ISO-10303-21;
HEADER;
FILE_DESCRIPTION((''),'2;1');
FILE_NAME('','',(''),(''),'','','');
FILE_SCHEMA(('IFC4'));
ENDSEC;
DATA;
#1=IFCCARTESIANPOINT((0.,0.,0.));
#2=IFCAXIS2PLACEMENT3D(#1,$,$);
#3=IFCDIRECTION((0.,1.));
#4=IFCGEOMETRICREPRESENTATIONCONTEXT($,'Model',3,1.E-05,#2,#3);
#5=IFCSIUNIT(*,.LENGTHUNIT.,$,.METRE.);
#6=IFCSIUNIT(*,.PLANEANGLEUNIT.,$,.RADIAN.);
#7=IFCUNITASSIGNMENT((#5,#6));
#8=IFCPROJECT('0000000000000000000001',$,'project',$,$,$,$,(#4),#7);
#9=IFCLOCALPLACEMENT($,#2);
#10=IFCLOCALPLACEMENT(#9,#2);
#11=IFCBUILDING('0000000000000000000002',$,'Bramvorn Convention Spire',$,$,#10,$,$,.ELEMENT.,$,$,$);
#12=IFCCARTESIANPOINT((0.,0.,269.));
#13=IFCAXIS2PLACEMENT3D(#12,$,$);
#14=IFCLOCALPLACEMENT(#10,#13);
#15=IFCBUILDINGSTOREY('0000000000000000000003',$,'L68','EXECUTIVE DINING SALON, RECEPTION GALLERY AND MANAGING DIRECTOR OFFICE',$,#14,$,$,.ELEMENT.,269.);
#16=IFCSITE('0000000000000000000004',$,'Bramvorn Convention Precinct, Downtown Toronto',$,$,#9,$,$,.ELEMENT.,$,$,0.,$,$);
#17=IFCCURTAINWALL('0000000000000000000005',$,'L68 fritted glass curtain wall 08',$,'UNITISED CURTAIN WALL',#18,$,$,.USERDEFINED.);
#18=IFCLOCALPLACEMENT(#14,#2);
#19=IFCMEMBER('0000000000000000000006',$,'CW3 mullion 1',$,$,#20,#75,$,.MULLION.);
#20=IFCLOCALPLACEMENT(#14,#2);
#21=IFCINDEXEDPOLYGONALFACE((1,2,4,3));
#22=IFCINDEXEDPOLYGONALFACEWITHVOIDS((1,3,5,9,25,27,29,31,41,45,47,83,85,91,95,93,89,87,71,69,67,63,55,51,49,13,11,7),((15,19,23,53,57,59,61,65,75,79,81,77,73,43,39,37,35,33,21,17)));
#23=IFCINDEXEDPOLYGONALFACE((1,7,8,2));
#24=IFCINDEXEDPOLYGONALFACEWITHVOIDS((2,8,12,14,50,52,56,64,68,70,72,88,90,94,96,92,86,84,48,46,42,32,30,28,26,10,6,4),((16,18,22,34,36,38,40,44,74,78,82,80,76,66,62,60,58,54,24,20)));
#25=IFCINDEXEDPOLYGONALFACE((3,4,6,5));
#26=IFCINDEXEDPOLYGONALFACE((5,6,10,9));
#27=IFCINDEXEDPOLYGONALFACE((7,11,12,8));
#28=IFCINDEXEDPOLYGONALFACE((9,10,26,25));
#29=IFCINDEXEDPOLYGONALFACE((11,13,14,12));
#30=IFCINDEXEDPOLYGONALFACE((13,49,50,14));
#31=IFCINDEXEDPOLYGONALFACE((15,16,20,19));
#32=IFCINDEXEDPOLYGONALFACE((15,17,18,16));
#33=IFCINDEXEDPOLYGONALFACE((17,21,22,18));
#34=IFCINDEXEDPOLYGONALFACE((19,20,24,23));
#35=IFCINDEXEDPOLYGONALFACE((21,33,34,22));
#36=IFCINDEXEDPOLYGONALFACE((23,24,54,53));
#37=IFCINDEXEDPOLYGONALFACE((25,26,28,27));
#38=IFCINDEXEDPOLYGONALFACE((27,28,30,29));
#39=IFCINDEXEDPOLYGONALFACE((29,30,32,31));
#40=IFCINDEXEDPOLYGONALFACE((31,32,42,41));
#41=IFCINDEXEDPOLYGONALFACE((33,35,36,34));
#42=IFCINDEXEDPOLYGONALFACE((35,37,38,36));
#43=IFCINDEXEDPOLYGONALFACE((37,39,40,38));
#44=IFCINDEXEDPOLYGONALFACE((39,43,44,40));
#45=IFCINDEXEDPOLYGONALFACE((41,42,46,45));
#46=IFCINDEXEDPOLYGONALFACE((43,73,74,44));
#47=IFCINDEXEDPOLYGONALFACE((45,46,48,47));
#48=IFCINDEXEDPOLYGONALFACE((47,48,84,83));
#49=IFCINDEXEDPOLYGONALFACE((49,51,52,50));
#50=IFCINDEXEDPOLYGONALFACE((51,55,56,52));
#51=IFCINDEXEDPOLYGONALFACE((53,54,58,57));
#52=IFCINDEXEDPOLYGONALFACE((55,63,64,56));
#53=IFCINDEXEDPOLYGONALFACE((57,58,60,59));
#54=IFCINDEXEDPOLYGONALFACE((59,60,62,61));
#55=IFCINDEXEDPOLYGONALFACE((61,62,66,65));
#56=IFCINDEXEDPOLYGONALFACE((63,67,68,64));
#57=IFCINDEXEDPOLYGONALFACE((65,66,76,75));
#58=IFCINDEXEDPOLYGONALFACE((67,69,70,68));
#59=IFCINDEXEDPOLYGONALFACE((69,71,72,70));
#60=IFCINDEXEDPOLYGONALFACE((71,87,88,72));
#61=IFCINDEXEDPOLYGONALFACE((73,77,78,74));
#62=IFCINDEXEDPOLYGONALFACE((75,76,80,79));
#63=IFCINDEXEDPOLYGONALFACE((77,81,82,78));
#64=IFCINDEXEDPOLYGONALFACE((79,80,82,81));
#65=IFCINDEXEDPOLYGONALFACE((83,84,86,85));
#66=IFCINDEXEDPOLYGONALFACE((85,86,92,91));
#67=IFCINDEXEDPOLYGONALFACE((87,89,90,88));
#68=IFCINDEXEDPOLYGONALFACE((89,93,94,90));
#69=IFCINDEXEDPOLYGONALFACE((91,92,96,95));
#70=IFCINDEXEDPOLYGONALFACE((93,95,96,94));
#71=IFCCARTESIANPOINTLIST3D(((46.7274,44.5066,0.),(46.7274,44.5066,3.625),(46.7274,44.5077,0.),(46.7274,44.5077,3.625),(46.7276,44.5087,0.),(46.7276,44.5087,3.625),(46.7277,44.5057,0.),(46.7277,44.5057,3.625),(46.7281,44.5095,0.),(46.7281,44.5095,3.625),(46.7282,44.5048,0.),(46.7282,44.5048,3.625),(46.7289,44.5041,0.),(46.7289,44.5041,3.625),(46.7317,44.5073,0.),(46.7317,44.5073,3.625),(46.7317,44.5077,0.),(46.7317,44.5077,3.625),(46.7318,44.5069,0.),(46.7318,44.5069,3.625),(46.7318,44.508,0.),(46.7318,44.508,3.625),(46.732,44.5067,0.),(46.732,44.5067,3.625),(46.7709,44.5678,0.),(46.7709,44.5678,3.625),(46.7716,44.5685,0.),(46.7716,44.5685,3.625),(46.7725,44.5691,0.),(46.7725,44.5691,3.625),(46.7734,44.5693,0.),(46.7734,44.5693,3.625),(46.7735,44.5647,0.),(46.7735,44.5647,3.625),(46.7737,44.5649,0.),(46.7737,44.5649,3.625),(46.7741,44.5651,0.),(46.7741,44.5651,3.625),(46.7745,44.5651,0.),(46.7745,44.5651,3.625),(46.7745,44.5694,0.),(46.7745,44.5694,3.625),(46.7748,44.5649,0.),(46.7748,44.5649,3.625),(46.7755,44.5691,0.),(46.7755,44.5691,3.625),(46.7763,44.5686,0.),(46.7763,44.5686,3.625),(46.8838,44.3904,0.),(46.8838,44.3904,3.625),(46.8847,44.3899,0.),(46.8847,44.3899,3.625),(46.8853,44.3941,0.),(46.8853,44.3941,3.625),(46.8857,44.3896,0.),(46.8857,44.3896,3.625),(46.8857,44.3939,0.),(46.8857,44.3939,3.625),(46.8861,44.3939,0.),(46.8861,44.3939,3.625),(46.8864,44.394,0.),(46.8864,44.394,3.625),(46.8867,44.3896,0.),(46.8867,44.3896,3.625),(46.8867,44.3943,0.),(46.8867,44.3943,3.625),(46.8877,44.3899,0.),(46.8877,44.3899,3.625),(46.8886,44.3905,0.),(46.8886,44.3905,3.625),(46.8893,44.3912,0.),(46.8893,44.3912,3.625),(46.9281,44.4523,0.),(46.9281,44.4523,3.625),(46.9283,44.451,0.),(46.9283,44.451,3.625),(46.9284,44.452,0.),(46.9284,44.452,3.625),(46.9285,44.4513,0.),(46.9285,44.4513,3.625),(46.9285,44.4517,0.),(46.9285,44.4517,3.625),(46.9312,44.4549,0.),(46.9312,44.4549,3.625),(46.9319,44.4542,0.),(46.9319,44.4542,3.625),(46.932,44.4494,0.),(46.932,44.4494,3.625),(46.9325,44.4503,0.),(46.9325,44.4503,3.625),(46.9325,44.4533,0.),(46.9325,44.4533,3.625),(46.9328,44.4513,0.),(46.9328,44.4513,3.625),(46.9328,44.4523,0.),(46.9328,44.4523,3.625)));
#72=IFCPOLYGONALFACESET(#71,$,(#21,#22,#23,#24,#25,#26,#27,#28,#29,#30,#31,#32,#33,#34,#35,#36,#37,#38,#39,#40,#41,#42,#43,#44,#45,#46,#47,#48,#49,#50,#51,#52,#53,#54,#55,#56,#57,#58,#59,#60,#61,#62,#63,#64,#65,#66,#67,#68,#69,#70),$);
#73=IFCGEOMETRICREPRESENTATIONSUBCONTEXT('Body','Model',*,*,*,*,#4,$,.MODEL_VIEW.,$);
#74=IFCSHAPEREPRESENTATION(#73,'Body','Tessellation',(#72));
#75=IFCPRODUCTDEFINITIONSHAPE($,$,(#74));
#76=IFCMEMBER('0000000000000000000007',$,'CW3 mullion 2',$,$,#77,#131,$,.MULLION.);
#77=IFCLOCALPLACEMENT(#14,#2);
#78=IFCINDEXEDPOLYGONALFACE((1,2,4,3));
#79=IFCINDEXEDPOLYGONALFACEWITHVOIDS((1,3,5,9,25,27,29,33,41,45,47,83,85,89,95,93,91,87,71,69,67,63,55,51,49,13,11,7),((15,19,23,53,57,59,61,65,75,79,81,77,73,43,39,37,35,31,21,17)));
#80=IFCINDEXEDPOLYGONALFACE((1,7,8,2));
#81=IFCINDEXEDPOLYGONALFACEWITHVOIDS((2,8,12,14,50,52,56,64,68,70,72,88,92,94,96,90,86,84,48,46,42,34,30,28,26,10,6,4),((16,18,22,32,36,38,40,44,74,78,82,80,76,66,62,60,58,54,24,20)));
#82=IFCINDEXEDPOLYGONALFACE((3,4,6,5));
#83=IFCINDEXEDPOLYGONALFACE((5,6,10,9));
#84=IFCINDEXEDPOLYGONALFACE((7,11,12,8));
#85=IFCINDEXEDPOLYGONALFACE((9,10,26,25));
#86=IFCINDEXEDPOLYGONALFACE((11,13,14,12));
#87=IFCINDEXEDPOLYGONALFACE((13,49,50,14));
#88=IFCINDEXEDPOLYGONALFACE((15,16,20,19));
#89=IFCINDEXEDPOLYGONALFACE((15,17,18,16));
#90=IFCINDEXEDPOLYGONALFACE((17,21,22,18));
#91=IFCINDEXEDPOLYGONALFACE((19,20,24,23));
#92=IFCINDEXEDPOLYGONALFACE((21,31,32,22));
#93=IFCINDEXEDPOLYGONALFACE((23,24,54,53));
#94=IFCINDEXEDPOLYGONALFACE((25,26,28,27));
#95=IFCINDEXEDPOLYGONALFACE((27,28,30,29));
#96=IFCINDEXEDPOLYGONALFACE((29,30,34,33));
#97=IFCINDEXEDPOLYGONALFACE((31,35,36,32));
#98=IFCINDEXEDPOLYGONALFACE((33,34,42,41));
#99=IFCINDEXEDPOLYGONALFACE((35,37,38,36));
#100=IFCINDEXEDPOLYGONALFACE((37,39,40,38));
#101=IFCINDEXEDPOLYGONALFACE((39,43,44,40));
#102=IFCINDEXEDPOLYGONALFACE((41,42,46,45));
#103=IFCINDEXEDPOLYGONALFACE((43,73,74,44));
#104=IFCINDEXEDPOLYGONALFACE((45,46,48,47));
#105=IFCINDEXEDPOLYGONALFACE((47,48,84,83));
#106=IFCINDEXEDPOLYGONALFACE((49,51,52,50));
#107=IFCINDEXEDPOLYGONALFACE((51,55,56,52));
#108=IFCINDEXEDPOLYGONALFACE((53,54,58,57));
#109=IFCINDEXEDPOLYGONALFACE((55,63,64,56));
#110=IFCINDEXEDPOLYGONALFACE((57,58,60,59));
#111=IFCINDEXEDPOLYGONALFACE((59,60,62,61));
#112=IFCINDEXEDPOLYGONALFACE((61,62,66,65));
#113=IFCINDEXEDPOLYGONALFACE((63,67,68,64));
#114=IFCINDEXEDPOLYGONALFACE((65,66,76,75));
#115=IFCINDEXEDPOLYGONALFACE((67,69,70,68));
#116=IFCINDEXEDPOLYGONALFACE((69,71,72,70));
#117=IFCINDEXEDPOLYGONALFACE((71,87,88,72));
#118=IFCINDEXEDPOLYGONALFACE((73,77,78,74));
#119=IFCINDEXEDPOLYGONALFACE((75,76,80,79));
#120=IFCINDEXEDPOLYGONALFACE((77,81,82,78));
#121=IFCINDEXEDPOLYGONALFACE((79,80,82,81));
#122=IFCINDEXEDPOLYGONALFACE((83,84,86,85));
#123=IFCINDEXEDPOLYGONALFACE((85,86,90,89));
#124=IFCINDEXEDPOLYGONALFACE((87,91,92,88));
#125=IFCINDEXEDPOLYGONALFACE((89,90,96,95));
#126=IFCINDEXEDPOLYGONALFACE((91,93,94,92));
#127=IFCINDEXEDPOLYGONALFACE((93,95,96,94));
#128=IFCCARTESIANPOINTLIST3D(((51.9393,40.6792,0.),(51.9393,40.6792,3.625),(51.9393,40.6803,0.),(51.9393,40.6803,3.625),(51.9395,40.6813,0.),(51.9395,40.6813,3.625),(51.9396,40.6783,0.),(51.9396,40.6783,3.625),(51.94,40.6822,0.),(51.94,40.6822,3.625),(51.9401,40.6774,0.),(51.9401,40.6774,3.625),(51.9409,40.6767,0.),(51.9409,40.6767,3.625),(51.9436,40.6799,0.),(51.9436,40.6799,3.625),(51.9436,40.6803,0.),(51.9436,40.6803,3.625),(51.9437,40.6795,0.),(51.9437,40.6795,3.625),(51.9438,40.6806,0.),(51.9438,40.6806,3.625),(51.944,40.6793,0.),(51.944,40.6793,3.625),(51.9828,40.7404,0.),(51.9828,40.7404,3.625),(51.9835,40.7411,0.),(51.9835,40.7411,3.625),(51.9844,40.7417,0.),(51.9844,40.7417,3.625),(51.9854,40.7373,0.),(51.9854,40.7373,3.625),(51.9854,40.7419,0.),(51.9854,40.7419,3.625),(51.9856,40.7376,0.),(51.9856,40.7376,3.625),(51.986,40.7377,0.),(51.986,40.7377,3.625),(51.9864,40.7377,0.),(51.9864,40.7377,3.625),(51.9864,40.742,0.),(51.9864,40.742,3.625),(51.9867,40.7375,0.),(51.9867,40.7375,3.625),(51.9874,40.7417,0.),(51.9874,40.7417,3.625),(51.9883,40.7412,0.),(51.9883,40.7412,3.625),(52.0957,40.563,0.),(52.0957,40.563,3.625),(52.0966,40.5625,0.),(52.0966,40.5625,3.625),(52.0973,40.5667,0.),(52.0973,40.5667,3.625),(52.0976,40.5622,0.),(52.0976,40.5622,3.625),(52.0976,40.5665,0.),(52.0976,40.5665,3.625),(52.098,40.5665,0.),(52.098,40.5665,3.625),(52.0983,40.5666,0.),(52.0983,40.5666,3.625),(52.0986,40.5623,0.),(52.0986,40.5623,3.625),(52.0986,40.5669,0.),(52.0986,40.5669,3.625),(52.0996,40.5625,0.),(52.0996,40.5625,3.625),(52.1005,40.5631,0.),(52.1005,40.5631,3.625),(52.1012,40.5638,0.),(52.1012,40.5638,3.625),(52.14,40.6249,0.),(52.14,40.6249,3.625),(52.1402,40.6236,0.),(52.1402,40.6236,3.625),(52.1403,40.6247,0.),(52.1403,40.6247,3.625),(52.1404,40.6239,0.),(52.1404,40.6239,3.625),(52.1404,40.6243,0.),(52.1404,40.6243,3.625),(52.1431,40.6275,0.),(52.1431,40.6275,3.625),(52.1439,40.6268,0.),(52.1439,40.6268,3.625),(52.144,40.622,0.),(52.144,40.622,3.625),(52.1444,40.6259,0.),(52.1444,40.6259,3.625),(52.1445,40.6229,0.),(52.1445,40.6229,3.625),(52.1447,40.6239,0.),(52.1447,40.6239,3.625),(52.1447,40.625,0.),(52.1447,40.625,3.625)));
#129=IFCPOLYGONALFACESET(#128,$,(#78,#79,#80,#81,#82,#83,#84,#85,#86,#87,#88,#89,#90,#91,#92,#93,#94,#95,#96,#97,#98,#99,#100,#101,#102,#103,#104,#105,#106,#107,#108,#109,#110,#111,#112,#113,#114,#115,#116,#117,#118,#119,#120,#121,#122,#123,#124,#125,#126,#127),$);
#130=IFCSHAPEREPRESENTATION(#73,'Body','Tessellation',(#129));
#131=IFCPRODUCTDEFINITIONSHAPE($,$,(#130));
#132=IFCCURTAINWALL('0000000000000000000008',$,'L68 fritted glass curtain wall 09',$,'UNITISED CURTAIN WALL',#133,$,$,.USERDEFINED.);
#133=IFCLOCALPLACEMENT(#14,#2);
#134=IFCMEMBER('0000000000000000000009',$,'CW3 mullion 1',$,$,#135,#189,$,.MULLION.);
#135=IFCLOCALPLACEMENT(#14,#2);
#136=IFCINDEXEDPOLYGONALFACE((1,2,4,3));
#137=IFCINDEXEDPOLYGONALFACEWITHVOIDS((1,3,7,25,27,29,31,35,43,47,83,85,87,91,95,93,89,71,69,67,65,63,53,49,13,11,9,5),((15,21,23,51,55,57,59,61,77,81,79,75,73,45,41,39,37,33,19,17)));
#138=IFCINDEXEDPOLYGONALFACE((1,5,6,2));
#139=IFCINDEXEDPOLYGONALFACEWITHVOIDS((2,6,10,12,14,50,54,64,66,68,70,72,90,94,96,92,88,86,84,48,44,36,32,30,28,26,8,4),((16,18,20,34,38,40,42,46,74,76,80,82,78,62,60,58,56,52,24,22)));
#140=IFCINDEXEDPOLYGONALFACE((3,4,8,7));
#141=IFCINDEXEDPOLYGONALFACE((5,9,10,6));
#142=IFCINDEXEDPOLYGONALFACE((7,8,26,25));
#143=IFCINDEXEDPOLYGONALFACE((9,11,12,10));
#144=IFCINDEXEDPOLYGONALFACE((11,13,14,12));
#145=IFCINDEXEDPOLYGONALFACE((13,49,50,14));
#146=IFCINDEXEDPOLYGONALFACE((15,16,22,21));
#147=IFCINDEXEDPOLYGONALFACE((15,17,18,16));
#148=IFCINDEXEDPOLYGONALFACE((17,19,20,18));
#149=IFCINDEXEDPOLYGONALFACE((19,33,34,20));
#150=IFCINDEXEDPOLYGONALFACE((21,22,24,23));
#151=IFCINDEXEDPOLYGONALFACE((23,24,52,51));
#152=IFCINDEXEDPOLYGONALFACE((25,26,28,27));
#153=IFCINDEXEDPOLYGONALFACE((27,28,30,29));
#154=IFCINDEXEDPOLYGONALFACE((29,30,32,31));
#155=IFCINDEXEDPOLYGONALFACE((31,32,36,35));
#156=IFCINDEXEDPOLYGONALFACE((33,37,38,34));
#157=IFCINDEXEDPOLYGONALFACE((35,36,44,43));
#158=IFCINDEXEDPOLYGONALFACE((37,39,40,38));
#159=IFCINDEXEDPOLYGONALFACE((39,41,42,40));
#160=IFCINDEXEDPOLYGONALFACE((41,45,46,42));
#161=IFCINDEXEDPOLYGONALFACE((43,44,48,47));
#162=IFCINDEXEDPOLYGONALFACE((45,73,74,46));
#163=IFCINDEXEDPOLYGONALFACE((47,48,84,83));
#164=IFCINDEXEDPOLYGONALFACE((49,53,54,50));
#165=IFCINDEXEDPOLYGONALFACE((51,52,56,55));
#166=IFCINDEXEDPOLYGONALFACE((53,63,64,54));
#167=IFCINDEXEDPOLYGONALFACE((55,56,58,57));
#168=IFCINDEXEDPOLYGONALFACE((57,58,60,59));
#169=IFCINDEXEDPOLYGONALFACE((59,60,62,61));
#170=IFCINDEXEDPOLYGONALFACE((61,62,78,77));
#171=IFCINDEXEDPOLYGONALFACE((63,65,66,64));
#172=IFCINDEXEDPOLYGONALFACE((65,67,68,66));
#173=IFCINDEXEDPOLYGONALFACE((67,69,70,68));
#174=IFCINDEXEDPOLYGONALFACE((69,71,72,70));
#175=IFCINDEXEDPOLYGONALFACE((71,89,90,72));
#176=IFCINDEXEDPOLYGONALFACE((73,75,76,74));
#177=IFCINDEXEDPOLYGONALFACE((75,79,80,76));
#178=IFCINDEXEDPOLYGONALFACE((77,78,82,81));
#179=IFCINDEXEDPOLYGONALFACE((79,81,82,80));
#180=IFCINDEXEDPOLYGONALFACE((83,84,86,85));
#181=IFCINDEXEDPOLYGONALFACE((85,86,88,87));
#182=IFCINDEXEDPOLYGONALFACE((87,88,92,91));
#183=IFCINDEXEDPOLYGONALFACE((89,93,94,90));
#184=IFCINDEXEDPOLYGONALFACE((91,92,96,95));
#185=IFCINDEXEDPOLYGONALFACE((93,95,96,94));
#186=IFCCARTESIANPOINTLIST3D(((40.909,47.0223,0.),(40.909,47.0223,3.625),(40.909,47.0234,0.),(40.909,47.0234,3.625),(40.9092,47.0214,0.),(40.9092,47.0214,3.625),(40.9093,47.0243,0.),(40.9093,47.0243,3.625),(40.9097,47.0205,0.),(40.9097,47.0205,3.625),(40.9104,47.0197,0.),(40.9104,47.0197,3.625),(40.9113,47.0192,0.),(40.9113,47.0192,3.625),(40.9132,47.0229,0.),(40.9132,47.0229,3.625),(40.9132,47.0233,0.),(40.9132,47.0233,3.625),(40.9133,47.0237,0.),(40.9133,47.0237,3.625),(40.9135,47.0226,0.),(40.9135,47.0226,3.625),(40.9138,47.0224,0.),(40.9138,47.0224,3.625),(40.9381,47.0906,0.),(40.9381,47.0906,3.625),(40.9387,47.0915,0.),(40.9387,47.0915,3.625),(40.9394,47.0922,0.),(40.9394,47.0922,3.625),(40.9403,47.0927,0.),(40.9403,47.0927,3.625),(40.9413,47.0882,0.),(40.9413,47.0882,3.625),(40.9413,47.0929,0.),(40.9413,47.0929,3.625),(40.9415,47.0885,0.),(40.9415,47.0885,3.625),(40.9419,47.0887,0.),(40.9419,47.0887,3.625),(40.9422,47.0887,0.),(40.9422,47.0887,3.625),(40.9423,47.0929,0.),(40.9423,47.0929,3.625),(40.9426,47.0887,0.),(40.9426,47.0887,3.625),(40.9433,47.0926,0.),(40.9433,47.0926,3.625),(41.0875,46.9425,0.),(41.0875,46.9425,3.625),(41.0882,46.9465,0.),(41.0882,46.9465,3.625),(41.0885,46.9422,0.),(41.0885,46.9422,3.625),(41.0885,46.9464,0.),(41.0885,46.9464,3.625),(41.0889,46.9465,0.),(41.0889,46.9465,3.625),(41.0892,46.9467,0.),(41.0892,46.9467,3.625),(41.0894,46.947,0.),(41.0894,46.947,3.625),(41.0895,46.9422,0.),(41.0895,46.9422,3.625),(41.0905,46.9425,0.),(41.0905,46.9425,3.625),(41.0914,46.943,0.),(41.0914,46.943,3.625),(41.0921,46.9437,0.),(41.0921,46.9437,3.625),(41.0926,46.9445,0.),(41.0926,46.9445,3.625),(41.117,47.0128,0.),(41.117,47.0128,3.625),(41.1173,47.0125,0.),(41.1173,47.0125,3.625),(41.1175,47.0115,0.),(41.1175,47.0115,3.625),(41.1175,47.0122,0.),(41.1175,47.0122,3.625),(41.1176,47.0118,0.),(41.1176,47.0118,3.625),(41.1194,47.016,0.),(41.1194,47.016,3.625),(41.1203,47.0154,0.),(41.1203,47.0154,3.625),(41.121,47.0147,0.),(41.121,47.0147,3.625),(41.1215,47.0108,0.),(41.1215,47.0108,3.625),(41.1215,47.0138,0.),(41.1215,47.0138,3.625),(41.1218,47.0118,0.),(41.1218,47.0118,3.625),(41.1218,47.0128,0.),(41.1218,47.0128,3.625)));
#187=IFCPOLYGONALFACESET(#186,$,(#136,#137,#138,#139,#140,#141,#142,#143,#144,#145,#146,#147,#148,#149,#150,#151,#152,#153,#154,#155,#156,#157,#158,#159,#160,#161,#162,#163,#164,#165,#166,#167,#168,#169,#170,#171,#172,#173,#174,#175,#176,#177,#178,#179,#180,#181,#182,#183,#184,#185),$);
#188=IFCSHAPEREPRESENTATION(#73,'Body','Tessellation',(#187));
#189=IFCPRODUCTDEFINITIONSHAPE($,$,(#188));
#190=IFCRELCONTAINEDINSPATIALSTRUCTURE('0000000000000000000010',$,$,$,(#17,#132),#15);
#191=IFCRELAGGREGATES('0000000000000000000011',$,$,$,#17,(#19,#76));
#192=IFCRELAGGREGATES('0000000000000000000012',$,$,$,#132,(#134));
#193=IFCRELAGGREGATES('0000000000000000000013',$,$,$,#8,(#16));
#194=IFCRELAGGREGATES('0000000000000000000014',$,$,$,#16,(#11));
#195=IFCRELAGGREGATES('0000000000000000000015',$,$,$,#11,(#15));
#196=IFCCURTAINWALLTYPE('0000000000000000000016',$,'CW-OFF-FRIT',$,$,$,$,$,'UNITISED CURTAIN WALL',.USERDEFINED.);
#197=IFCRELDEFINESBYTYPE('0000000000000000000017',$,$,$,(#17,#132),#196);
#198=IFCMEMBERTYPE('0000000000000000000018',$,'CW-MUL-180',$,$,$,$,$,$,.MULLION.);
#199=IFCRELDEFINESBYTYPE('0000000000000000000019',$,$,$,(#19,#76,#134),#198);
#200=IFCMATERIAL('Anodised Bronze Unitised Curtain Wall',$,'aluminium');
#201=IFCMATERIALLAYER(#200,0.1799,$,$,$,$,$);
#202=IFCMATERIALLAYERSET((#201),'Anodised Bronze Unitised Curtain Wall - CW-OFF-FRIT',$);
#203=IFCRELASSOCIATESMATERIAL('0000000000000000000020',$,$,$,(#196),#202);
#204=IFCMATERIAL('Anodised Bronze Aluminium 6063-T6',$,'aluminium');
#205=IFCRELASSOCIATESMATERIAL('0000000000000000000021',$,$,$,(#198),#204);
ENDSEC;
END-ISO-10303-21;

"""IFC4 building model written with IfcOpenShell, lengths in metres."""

from ifc_helpers import new_model, si_unit, direction, frame, origin, origin_2d, place, context, subcontext, project, spatial, hollow_rectangle, extrude, material, layer, layer_set, material_profile, profile_set, type_object, element, aggregate, save


model = new_model("IFC4")

# Units and contexts
model_context = context("Model", 3, precision=1e-05, world=origin(), true_north=direction((0.0, 1.0)))
body_context = subcontext(model_context, "Body", "Model", "MODEL_VIEW")
ifc_project = project(units=[si_unit("LENGTHUNIT", "METRE"), si_unit("PLANEANGLEUNIT", "RADIAN")], contexts=[model_context])

# Site, building, storey
site_placement = place(None, origin())
site = spatial("IfcSite", under=ifc_project, at=site_placement, Name="Bramvorn Convention Precinct, Downtown Toronto", CompositionType="ELEMENT", RefElevation=0.0)
building_placement = place(site_placement, origin())
building = spatial("IfcBuilding", under=site, at=building_placement, Name="Bramvorn Convention Spire", CompositionType="ELEMENT")
storey_placement = place(building_placement, frame((0.0, 0.0, 269.0)))
storey = spatial("IfcBuildingStorey", under=building, at=storey_placement, Name="L68", Description="EXECUTIVE DINING SALON, RECEPTION GALLERY AND MANAGING DIRECTOR OFFICE", CompositionType="ELEMENT", Elevation=269.0)

# Curtain walls, members
ifc_material_1 = material(Name="Anodised Bronze Unitised Curtain Wall", Category="aluminium")
ifc_layer_1 = layer(ifc_material_1, 0.1799)
ifc_layer_set_1 = layer_set([ifc_layer_1], Name="Anodised Bronze Unitised Curtain Wall - CW-OFF-FRIT")
curtain_wall_type = type_object("IfcCurtainWallType", Name="CW-OFF-FRIT", ElementType="UNITISED CURTAIN WALL", PredefinedType="USERDEFINED", material=ifc_layer_set_1)
curtain_wall_1_placement = place(storey_placement, origin())
curtain_wall_1 = element("IfcCurtainWall", 1, at=curtain_wall_1_placement, inside=storey, type_object=curtain_wall_type, Name="L68 fritted glass curtain wall 08", ObjectType="UNITISED CURTAIN WALL", PredefinedType="USERDEFINED")
ifc_material_2 = material(Name="Anodised Bronze Aluminium 6063-T6", Category="aluminium")
ifc_material_profile_1 = material_profile(ifc_material_2, hollow_rectangle(XDim=0.0801, YDim=0.2, WallThickness=0.0039, InnerFilletRadius=0.001, OuterFilletRadius=0.0039, at=origin_2d()))
ifc_profile_set_1 = profile_set([ifc_material_profile_1], Name="Anodised Bronze Aluminium 6063-T6 - CWM80X200")
member_type_1 = type_object("IfcMemberType", Name="CW-MUL-180", PredefinedType="MULLION", material=ifc_profile_set_1)
member_1_placement = place(storey_placement, frame((46.8301, 44.4795, 0.0), z_axis=(0.0, 0.0, 1.0), x_axis=(0.591904, 0.806009, 0.0)))
member_1 = element("IfcMember", 2, at=member_1_placement, type_object=member_type_1, Name="CW3 mullion 1", PredefinedType="MULLION", context=body_context, shape_type="SweptSolid", body=[
    extrude(hollow_rectangle(XDim=0.0801, YDim=0.2, WallThickness=0.0039, InnerFilletRadius=0.001, OuterFilletRadius=0.0039, at=origin_2d()), origin(), (0.0, 0.0, 1.0), 3.625),
])
member_2_placement = place(storey_placement, frame((52.042, 40.6521, 0.0), z_axis=(0.0, 0.0, 1.0), x_axis=(0.591904, 0.806009, 0.0)))
member_2 = element("IfcMember", 3, at=member_2_placement, type_object=member_type_1, Name="CW3 mullion 2", PredefinedType="MULLION", context=body_context, shape_type="SweptSolid", body=[
    extrude(hollow_rectangle(XDim=0.0801, YDim=0.2, WallThickness=0.0039, InnerFilletRadius=0.001, OuterFilletRadius=0.0039, at=origin_2d()), origin(), (0.0, 0.0, 1.0), 3.625),
])
curtain_wall_2_placement = place(storey_placement, origin())
curtain_wall_2 = element("IfcCurtainWall", 4, at=curtain_wall_2_placement, inside=storey, type_object=curtain_wall_type, Name="L68 fritted glass curtain wall 09", ObjectType="UNITISED CURTAIN WALL", PredefinedType="USERDEFINED")
member_3_placement = place(storey_placement, frame((41.0154, 47.0176, 0.0), z_axis=(0.0, 0.0, 1.0), x_axis=(0.399089, 0.916912, 0.0)))
member_3 = element("IfcMember", 5, at=member_3_placement, type_object=member_type_1, Name="CW3 mullion 1", PredefinedType="MULLION", context=body_context, shape_type="SweptSolid", body=[
    extrude(hollow_rectangle(XDim=0.0801, YDim=0.2, WallThickness=0.0039, InnerFilletRadius=0.001, OuterFilletRadius=0.0039, at=origin_2d()), origin(), (0.0, 0.0, 1.0), 3.625),
])

aggregate(curtain_wall_1, [member_1, member_2])
aggregate(curtain_wall_2, [member_3])

save(model, "model.ifc")
